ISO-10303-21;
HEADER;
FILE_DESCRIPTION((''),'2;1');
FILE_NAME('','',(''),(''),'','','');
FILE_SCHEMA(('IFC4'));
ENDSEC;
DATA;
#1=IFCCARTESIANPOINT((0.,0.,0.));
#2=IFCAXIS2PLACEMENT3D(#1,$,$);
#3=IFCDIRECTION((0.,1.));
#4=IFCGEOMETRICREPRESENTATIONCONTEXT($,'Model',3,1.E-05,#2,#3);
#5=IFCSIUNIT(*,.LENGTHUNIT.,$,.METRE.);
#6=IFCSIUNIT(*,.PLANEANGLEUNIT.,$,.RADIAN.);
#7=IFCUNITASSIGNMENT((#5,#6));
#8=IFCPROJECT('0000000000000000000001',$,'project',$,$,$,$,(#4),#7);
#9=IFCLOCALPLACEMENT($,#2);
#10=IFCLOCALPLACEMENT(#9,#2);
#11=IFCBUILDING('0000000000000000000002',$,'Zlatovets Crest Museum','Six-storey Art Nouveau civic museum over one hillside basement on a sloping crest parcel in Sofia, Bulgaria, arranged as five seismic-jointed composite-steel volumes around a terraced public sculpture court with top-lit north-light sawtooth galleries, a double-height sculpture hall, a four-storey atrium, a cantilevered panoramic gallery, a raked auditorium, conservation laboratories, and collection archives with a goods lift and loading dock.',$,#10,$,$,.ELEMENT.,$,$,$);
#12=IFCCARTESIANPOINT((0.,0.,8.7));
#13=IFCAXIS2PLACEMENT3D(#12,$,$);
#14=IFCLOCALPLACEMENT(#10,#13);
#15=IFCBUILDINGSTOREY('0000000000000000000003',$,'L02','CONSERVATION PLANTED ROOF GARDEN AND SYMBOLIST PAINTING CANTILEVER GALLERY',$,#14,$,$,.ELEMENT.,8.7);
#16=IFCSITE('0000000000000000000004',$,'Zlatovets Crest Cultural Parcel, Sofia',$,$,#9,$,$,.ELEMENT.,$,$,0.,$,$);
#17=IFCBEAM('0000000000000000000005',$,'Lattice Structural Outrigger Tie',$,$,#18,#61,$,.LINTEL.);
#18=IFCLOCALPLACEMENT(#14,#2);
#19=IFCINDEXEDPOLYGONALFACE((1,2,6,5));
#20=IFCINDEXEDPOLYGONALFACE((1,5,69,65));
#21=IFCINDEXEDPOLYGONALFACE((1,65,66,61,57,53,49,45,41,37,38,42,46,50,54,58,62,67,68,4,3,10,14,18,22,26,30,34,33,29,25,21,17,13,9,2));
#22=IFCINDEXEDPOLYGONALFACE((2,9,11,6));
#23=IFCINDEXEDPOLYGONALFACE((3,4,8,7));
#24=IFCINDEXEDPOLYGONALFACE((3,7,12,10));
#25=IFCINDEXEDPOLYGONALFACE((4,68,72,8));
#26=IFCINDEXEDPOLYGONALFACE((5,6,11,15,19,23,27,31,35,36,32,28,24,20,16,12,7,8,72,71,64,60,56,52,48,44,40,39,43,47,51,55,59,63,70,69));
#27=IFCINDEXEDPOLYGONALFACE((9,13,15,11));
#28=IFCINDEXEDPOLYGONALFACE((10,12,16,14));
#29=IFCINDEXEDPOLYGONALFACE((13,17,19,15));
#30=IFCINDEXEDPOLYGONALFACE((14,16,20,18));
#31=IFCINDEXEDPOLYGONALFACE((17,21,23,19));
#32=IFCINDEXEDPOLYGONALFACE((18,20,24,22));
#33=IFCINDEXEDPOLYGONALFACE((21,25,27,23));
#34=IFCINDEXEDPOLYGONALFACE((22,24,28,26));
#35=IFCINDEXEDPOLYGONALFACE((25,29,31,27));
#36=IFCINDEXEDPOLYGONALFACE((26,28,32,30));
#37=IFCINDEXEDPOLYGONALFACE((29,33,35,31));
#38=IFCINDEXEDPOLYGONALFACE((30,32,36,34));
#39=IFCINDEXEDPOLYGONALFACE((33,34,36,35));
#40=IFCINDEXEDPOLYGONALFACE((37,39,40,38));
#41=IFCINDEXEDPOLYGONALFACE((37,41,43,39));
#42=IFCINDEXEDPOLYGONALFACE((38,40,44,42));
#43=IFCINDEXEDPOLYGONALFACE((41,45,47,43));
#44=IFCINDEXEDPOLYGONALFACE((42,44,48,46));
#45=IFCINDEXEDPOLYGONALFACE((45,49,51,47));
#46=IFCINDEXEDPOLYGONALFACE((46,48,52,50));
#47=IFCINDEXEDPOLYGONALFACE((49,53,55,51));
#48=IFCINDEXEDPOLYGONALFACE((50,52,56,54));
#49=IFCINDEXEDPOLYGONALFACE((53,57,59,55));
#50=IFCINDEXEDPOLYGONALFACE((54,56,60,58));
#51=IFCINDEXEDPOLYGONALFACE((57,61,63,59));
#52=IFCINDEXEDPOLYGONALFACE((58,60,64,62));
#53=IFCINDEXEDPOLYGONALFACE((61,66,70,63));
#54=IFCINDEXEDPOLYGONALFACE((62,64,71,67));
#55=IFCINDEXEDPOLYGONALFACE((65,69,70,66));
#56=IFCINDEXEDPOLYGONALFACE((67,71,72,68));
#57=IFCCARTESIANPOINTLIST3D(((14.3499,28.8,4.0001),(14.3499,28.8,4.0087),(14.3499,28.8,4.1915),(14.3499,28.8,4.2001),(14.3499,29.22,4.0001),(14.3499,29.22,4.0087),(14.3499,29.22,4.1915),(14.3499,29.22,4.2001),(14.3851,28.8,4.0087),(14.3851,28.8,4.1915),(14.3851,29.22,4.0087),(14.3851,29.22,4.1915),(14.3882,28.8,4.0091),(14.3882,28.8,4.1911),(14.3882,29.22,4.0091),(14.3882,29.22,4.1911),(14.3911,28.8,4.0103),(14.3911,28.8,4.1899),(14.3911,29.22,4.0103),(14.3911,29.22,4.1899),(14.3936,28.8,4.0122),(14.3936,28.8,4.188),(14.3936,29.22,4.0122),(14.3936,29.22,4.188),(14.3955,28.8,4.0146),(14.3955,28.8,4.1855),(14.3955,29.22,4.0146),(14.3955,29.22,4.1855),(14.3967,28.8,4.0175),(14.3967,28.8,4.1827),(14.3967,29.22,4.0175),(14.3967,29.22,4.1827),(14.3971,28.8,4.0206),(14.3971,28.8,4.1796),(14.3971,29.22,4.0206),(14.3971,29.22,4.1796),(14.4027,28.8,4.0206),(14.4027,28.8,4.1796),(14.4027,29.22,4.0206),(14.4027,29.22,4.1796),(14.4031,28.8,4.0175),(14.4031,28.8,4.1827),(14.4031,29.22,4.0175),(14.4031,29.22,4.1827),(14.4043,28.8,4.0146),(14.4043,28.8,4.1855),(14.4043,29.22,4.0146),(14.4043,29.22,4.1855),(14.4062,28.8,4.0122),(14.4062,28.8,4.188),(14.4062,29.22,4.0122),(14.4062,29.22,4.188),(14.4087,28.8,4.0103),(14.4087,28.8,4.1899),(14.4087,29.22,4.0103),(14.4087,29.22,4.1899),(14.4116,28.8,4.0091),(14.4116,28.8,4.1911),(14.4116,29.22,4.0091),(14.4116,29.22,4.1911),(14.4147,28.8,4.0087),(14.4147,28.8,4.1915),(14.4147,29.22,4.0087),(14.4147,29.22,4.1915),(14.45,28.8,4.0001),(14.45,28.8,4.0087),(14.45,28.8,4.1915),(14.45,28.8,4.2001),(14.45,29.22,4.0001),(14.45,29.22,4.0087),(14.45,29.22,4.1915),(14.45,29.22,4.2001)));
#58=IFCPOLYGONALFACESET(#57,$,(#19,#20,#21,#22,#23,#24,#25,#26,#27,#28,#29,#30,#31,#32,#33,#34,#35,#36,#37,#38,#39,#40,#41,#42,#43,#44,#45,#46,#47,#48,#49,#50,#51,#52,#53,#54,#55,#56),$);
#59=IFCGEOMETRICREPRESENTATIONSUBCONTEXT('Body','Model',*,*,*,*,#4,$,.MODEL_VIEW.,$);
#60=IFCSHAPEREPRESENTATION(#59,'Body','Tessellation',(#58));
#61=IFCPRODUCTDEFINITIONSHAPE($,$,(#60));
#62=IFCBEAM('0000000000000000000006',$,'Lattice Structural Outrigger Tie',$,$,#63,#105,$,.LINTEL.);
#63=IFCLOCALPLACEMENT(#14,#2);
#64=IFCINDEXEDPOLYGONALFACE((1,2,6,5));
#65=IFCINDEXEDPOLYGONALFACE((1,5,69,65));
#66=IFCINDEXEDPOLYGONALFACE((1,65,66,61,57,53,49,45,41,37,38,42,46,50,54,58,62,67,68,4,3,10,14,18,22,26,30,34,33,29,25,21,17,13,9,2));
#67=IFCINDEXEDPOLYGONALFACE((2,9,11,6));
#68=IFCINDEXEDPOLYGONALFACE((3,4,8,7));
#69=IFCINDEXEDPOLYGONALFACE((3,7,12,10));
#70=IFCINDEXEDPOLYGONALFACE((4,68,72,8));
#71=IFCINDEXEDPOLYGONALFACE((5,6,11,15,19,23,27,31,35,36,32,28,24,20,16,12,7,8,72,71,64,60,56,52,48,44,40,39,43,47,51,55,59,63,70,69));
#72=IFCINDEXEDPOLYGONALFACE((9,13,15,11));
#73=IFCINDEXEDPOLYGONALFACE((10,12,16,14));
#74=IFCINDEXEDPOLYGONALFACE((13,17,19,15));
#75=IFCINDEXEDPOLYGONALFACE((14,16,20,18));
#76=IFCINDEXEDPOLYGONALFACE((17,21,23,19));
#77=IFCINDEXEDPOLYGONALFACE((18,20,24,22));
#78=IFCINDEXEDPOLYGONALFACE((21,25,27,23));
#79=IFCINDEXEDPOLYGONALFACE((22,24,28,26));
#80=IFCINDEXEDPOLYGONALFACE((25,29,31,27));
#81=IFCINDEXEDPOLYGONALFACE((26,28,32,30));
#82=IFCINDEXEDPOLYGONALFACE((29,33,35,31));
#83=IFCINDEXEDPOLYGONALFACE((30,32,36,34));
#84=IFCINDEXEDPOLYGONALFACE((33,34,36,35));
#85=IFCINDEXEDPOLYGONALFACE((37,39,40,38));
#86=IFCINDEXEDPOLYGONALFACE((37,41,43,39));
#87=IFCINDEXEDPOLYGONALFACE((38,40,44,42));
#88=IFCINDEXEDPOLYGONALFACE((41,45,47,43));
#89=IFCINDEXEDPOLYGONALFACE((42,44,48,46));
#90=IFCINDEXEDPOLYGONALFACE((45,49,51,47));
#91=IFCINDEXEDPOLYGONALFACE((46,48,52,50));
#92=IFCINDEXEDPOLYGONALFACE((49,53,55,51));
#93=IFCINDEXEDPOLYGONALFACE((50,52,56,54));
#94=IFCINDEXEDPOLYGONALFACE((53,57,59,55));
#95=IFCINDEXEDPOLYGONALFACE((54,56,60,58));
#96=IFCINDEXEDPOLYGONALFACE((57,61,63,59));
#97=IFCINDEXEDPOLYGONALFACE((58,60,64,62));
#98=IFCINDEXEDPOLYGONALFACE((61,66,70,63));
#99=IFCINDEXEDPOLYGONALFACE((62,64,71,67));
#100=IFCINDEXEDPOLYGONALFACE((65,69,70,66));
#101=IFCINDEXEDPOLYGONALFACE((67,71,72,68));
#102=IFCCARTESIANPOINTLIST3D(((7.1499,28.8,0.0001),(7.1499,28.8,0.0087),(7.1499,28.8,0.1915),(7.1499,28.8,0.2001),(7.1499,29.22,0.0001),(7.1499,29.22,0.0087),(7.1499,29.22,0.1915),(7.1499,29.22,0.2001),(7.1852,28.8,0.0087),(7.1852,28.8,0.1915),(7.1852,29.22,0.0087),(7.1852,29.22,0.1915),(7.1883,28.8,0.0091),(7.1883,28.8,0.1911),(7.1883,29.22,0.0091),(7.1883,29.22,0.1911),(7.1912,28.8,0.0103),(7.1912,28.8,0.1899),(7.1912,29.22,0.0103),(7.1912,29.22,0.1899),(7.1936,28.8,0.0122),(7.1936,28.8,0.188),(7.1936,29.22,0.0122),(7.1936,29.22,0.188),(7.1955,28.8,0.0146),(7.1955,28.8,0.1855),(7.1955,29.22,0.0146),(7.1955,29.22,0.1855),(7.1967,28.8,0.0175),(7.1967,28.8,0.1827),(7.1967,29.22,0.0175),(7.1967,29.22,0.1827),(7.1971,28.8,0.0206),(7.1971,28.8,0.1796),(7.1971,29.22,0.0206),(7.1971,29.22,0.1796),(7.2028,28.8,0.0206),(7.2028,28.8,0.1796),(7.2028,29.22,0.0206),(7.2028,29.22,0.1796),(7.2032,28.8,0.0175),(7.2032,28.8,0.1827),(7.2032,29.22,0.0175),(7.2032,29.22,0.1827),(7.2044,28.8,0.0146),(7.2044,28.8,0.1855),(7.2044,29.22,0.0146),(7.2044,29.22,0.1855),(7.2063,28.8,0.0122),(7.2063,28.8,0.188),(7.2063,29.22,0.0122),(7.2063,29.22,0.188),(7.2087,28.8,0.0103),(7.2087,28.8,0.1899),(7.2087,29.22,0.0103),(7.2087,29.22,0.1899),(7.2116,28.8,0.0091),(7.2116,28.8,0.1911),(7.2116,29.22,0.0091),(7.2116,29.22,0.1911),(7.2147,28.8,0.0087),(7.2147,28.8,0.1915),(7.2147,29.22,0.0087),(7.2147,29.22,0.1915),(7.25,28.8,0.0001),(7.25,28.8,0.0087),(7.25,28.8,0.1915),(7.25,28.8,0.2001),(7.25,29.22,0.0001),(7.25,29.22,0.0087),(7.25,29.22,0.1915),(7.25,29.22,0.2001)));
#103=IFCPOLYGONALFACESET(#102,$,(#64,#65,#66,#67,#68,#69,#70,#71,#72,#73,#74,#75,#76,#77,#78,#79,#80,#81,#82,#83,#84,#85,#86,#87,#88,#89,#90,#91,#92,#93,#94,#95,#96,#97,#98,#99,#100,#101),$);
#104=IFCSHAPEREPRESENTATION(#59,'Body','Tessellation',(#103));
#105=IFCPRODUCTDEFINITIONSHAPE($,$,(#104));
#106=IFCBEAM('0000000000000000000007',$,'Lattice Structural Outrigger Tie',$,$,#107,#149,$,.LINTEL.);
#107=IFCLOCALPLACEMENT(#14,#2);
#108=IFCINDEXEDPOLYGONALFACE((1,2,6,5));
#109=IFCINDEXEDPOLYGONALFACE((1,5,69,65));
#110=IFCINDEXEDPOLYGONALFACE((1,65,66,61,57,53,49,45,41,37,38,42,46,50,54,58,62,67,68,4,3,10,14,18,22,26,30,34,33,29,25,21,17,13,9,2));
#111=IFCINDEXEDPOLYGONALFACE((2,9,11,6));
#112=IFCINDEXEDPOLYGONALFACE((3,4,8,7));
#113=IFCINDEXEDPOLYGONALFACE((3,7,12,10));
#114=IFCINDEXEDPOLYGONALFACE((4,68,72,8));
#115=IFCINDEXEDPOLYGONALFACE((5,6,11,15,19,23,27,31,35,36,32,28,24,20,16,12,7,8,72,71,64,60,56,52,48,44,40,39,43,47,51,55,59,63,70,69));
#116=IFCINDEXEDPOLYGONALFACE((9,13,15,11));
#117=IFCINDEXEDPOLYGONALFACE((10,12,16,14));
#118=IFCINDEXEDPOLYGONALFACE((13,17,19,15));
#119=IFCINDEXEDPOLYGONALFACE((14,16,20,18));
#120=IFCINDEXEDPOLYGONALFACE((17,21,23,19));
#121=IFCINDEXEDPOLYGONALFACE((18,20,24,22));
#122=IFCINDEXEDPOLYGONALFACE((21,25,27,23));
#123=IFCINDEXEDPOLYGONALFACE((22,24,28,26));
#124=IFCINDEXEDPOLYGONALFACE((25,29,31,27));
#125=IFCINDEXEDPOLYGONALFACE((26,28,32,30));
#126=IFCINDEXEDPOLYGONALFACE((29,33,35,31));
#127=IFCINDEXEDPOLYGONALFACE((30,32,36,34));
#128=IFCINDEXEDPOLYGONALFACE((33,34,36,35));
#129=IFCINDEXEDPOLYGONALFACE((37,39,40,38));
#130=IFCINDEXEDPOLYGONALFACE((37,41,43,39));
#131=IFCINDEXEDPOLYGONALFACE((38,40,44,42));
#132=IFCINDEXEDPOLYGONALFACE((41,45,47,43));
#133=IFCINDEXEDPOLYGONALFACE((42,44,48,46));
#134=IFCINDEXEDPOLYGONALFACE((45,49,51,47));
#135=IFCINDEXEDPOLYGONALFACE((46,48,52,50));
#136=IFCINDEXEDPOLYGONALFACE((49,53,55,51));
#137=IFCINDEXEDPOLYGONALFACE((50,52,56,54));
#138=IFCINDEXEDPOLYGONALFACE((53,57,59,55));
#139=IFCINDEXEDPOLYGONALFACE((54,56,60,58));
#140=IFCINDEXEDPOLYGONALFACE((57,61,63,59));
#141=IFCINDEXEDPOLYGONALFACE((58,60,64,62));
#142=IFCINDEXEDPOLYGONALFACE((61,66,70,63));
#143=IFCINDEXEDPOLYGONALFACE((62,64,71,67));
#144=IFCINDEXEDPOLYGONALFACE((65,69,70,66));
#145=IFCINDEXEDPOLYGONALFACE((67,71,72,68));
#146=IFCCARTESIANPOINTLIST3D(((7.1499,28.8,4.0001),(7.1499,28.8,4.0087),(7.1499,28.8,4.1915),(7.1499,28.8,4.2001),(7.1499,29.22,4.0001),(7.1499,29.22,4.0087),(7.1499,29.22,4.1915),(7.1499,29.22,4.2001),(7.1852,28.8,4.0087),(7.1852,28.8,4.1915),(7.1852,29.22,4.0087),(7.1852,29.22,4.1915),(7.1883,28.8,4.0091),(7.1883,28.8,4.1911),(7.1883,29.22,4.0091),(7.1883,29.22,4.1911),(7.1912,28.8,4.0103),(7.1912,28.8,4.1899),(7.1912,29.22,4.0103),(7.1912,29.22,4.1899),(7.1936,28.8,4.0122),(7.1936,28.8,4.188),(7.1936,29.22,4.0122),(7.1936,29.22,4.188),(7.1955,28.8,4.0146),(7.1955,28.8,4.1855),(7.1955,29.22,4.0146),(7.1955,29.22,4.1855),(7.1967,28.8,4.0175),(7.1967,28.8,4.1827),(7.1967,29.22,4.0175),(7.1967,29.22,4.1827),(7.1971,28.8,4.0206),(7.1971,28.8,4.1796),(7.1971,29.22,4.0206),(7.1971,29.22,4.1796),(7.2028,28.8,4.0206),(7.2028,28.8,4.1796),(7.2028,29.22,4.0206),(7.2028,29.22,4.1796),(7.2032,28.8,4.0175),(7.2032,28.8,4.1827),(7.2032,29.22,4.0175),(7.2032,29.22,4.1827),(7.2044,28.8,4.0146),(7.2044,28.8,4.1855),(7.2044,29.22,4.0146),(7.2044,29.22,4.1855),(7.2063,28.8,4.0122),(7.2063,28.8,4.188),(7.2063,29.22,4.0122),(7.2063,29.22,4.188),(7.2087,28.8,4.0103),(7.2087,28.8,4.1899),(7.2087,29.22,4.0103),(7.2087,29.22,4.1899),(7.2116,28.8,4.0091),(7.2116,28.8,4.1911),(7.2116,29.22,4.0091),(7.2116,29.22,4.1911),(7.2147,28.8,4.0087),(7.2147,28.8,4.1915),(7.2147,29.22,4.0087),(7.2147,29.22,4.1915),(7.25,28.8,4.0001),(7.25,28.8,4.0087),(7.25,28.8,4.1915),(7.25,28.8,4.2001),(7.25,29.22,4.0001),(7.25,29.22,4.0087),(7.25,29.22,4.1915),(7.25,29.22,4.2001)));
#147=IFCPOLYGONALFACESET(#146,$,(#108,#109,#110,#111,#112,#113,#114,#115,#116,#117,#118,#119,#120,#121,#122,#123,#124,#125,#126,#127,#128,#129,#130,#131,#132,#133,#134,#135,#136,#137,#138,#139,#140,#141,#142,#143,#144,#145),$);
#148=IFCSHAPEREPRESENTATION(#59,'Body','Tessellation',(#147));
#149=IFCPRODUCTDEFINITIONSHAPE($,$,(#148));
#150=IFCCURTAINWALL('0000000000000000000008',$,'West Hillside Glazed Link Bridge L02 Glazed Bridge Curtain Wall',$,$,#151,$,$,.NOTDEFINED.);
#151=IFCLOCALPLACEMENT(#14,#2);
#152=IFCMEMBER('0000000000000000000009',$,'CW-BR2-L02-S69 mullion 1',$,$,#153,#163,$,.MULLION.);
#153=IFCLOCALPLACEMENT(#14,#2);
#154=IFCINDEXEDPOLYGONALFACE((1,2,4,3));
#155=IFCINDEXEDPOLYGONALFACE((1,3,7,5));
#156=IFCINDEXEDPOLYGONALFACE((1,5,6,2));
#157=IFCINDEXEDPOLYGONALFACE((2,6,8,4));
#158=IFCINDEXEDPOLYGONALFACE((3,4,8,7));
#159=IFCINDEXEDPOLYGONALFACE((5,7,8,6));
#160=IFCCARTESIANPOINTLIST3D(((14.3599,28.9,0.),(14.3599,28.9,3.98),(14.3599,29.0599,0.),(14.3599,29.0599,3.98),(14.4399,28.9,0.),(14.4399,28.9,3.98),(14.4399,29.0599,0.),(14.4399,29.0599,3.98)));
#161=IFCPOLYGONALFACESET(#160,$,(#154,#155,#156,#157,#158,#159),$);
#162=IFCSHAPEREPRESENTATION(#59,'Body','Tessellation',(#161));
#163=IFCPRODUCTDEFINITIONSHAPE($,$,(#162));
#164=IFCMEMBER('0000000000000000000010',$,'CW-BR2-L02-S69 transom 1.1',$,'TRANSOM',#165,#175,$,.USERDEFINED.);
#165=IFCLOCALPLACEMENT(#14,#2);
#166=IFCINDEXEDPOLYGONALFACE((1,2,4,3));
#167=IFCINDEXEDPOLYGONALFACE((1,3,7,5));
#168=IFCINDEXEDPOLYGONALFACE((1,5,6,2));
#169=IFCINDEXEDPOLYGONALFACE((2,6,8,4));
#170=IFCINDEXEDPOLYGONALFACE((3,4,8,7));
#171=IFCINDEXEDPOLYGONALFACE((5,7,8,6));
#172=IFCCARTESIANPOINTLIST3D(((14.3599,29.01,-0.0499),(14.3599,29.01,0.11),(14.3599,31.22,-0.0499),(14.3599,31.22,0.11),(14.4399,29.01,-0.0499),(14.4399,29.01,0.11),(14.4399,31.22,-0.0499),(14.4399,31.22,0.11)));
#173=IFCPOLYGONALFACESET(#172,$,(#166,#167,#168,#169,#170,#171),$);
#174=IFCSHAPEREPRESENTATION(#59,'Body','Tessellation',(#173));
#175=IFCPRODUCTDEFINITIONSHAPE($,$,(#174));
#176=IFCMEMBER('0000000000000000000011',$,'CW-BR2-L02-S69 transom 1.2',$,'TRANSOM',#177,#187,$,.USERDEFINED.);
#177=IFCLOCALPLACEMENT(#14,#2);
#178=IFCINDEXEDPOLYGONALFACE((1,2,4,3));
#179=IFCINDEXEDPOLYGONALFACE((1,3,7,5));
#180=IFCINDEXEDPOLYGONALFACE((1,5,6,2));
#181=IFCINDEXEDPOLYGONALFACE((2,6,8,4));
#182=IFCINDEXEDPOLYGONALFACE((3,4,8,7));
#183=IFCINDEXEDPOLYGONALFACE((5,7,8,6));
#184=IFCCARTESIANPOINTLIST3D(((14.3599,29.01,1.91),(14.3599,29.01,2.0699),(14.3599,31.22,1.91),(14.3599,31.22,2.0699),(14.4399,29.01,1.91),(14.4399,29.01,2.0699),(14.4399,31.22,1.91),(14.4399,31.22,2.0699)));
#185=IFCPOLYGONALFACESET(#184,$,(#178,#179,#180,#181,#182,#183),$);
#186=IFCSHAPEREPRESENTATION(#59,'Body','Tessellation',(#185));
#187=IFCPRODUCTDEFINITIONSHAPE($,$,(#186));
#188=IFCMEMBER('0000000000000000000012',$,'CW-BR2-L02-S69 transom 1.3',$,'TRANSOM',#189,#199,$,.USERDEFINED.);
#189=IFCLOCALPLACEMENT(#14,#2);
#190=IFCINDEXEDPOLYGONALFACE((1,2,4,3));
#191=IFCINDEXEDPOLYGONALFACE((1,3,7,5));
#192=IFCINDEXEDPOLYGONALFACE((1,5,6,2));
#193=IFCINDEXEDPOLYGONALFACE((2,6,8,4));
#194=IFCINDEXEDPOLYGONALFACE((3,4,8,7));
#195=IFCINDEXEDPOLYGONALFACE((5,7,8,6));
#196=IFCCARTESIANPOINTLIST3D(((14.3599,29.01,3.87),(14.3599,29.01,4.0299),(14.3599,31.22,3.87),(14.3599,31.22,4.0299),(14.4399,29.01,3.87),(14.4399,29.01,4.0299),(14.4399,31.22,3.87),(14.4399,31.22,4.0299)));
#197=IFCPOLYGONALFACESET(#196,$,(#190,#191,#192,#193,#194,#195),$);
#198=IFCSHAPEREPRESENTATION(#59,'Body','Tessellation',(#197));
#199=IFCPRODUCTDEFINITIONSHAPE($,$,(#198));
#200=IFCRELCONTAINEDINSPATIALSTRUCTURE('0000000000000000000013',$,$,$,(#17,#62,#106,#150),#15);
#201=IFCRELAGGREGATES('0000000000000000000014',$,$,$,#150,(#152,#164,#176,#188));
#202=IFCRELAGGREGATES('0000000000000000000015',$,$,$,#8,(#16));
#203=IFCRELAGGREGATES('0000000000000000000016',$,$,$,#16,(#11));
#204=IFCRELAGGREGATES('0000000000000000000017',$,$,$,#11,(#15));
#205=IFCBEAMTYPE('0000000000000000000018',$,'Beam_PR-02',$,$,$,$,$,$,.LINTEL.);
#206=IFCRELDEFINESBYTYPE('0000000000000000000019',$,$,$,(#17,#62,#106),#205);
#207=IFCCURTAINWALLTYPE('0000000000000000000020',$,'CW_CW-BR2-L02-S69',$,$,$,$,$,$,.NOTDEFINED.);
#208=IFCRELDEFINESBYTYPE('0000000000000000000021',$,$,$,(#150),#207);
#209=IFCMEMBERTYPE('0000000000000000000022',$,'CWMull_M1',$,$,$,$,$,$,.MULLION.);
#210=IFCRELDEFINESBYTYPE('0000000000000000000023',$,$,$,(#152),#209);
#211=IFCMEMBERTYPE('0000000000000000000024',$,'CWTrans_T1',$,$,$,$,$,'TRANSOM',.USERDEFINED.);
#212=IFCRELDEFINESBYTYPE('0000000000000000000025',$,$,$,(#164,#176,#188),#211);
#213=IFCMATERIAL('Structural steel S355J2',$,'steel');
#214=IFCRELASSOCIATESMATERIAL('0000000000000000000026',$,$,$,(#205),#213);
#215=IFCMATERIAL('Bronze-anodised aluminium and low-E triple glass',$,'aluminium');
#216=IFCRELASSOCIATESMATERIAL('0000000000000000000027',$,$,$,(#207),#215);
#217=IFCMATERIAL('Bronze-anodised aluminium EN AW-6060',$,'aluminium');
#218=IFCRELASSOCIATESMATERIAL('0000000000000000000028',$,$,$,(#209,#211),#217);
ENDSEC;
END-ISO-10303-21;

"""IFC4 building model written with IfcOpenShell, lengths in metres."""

from ifc_helpers import new_model, si_unit, direction, frame, origin, origin_2d, place, context, subcontext, project, spatial, rectangle, i_section, extrude, material, material_profile, profile_set, type_object, element, aggregate, save


model = new_model("IFC4")

# Units and contexts
model_context = context("Model", 3, precision=1e-05, world=origin(), true_north=direction((0.0, 1.0)))
body_context = subcontext(model_context, "Body", "Model", "MODEL_VIEW")
ifc_project = project(units=[si_unit("LENGTHUNIT", "METRE"), si_unit("PLANEANGLEUNIT", "RADIAN")], contexts=[model_context])

# Site, building, storey
site_placement = place(None, origin())
site = spatial("IfcSite", under=ifc_project, at=site_placement, Name="Zlatovets Crest Cultural Parcel, Sofia", CompositionType="ELEMENT", RefElevation=0.0)
building_placement = place(site_placement, origin())
building = spatial("IfcBuilding", under=site, at=building_placement, Name="Zlatovets Crest Museum", Description="Six-storey Art Nouveau civic museum over one hillside basement on a sloping crest parcel in Sofia, Bulgaria, arranged as five seismic-jointed composite-steel volumes around a terraced public sculpture court with top-lit north-light sawtooth galleries, a double-height sculpture hall, a four-storey atrium, a cantilevered panoramic gallery, a raked auditorium, conservation laboratories, and collection archives with a goods lift and loading dock.", CompositionType="ELEMENT")
storey_placement = place(building_placement, frame((0.0, 0.0, 8.7)))
storey = spatial("IfcBuildingStorey", under=building, at=storey_placement, Name="L02", Description="CONSERVATION PLANTED ROOF GARDEN AND SYMBOLIST PAINTING CANTILEVER GALLERY", CompositionType="ELEMENT", Elevation=8.7)

# Shared definitions
ifc_material_1 = material(Name="Structural steel S355J2", Category="steel")

# Beams
ifc_material_profile_1 = material_profile(ifc_material_1, i_section(OverallWidth=0.1001, OverallDepth=0.2, WebThickness=0.0056, FlangeThickness=0.0085, FilletRadius=0.012, at=origin_2d()), Name="IPE 200")
ifc_profile_set_1 = profile_set([ifc_material_profile_1], Name="Structural steel S355J2")
beam_type_1 = type_object("IfcBeamType", Name="Beam_PR-02", PredefinedType="LINTEL", material=ifc_profile_set_1)
for number, where, z_axis, x_axis, name in (
    (1, (14.3999, 28.8, 4.1001), (0.0, 1.0, 0.0), (-1.0, 0.0, 0.0), "Lattice Structural Outrigger Tie"),
    (2, (7.2, 28.8, 0.1001), (0.0, 1.0, 0.0), (-1.0, 0.0, 0.0), "Lattice Structural Outrigger Tie"),
    (3, (7.2, 28.8, 4.1001), (0.0, 1.0, 0.0), (-1.0, 0.0, 0.0), "Lattice Structural Outrigger Tie"),
):
    element("IfcBeam", number, at=place(storey_placement, frame(where, z_axis=z_axis, x_axis=x_axis)), inside=storey, type_object=beam_type_1, Name=name, PredefinedType="LINTEL", context=body_context, shape_type="SweptSolid", body=[
        extrude(i_section(OverallWidth=0.1001, OverallDepth=0.2, WebThickness=0.0056, FlangeThickness=0.0085, FilletRadius=0.012, at=origin_2d()), origin(), (0.0, 0.0, 1.0), 0.4199),
    ])

# Curtain wall, members
ifc_material_2 = material(Name="Bronze-anodised aluminium and low-E triple glass", Category="aluminium")
curtain_wall_type = type_object("IfcCurtainWallType", Name="CW_CW-BR2-L02-S69", PredefinedType="NOTDEFINED", material=ifc_material_2)
curtain_wall_placement = place(storey_placement, origin())
curtain_wall = element("IfcCurtainWall", 4, at=curtain_wall_placement, inside=storey, type_object=curtain_wall_type, Name="West Hillside Glazed Link Bridge L02 Glazed Bridge Curtain Wall", PredefinedType="NOTDEFINED")
ifc_material_3 = material(Name="Bronze-anodised aluminium EN AW-6060", Category="aluminium")
ifc_material_profile_2 = material_profile(ifc_material_3, rectangle(XDim=0.0801, YDim=0.1599, at=origin_2d()), Name="ALU 80x160")
ifc_profile_set_2 = profile_set([ifc_material_profile_2], Name="Bronze-anodised aluminium EN AW-6060")
member_type_1 = type_object("IfcMemberType", Name="CWMull_M1", PredefinedType="MULLION", material=ifc_profile_set_2)
member_1_placement = place(storey_placement, frame((14.3999, 28.98, 0.0), z_axis=(0.0, 0.0, 1.0), x_axis=(-1.0, 0.0, 0.0)))
member_1 = element("IfcMember", 5, at=member_1_placement, type_object=member_type_1, Name="CW-BR2-L02-S69 mullion 1", PredefinedType="MULLION", context=body_context, shape_type="SweptSolid", body=[
    extrude(rectangle(XDim=0.0801, YDim=0.1599, at=origin_2d()), origin(), (0.0, 0.0, 1.0), 3.98),
])
ifc_material_profile_3 = material_profile(ifc_material_3, rectangle(XDim=0.0801, YDim=0.1599, at=origin_2d()), Name="ALU 80x160")
ifc_profile_set_3 = profile_set([ifc_material_profile_3], Name="Bronze-anodised aluminium EN AW-6060")
member_type_2 = type_object("IfcMemberType", Name="CWTrans_T1", ElementType="TRANSOM", PredefinedType="USERDEFINED", material=ifc_profile_set_3)
member_2_placement = place(storey_placement, frame((14.3999, 29.01, 0.03), z_axis=(0.0, 1.0, 0.0), x_axis=(-1.0, 0.0, 0.0)))
member_2 = element("IfcMember", 6, at=member_2_placement, type_object=member_type_2, Name="CW-BR2-L02-S69 transom 1.1", ObjectType="TRANSOM", PredefinedType="USERDEFINED", context=body_context, shape_type="SweptSolid", body=[
    extrude(rectangle(XDim=0.0801, YDim=0.1599, at=origin_2d()), origin(), (0.0, 0.0, 1.0), 2.21),
])
member_3_placement = place(storey_placement, frame((14.3999, 29.01, 1.99), z_axis=(0.0, 1.0, 0.0), x_axis=(-1.0, 0.0, 0.0)))
member_3 = element("IfcMember", 7, at=member_3_placement, type_object=member_type_2, Name="CW-BR2-L02-S69 transom 1.2", ObjectType="TRANSOM", PredefinedType="USERDEFINED", context=body_context, shape_type="SweptSolid", body=[
    extrude(rectangle(XDim=0.0801, YDim=0.1599, at=origin_2d()), origin(), (0.0, 0.0, 1.0), 2.21),
])
member_4_placement = place(storey_placement, frame((14.3999, 29.01, 3.95), z_axis=(0.0, 1.0, 0.0), x_axis=(-1.0, 0.0, 0.0)))
member_4 = element("IfcMember", 8, at=member_4_placement, type_object=member_type_2, Name="CW-BR2-L02-S69 transom 1.3", ObjectType="TRANSOM", PredefinedType="USERDEFINED", context=body_context, shape_type="SweptSolid", body=[
    extrude(rectangle(XDim=0.0801, YDim=0.1599, at=origin_2d()), origin(), (0.0, 0.0, 1.0), 2.21),
])
aggregate(curtain_wall, [member_1, member_2, member_3, member_4])

save(model, "model.ifc")
